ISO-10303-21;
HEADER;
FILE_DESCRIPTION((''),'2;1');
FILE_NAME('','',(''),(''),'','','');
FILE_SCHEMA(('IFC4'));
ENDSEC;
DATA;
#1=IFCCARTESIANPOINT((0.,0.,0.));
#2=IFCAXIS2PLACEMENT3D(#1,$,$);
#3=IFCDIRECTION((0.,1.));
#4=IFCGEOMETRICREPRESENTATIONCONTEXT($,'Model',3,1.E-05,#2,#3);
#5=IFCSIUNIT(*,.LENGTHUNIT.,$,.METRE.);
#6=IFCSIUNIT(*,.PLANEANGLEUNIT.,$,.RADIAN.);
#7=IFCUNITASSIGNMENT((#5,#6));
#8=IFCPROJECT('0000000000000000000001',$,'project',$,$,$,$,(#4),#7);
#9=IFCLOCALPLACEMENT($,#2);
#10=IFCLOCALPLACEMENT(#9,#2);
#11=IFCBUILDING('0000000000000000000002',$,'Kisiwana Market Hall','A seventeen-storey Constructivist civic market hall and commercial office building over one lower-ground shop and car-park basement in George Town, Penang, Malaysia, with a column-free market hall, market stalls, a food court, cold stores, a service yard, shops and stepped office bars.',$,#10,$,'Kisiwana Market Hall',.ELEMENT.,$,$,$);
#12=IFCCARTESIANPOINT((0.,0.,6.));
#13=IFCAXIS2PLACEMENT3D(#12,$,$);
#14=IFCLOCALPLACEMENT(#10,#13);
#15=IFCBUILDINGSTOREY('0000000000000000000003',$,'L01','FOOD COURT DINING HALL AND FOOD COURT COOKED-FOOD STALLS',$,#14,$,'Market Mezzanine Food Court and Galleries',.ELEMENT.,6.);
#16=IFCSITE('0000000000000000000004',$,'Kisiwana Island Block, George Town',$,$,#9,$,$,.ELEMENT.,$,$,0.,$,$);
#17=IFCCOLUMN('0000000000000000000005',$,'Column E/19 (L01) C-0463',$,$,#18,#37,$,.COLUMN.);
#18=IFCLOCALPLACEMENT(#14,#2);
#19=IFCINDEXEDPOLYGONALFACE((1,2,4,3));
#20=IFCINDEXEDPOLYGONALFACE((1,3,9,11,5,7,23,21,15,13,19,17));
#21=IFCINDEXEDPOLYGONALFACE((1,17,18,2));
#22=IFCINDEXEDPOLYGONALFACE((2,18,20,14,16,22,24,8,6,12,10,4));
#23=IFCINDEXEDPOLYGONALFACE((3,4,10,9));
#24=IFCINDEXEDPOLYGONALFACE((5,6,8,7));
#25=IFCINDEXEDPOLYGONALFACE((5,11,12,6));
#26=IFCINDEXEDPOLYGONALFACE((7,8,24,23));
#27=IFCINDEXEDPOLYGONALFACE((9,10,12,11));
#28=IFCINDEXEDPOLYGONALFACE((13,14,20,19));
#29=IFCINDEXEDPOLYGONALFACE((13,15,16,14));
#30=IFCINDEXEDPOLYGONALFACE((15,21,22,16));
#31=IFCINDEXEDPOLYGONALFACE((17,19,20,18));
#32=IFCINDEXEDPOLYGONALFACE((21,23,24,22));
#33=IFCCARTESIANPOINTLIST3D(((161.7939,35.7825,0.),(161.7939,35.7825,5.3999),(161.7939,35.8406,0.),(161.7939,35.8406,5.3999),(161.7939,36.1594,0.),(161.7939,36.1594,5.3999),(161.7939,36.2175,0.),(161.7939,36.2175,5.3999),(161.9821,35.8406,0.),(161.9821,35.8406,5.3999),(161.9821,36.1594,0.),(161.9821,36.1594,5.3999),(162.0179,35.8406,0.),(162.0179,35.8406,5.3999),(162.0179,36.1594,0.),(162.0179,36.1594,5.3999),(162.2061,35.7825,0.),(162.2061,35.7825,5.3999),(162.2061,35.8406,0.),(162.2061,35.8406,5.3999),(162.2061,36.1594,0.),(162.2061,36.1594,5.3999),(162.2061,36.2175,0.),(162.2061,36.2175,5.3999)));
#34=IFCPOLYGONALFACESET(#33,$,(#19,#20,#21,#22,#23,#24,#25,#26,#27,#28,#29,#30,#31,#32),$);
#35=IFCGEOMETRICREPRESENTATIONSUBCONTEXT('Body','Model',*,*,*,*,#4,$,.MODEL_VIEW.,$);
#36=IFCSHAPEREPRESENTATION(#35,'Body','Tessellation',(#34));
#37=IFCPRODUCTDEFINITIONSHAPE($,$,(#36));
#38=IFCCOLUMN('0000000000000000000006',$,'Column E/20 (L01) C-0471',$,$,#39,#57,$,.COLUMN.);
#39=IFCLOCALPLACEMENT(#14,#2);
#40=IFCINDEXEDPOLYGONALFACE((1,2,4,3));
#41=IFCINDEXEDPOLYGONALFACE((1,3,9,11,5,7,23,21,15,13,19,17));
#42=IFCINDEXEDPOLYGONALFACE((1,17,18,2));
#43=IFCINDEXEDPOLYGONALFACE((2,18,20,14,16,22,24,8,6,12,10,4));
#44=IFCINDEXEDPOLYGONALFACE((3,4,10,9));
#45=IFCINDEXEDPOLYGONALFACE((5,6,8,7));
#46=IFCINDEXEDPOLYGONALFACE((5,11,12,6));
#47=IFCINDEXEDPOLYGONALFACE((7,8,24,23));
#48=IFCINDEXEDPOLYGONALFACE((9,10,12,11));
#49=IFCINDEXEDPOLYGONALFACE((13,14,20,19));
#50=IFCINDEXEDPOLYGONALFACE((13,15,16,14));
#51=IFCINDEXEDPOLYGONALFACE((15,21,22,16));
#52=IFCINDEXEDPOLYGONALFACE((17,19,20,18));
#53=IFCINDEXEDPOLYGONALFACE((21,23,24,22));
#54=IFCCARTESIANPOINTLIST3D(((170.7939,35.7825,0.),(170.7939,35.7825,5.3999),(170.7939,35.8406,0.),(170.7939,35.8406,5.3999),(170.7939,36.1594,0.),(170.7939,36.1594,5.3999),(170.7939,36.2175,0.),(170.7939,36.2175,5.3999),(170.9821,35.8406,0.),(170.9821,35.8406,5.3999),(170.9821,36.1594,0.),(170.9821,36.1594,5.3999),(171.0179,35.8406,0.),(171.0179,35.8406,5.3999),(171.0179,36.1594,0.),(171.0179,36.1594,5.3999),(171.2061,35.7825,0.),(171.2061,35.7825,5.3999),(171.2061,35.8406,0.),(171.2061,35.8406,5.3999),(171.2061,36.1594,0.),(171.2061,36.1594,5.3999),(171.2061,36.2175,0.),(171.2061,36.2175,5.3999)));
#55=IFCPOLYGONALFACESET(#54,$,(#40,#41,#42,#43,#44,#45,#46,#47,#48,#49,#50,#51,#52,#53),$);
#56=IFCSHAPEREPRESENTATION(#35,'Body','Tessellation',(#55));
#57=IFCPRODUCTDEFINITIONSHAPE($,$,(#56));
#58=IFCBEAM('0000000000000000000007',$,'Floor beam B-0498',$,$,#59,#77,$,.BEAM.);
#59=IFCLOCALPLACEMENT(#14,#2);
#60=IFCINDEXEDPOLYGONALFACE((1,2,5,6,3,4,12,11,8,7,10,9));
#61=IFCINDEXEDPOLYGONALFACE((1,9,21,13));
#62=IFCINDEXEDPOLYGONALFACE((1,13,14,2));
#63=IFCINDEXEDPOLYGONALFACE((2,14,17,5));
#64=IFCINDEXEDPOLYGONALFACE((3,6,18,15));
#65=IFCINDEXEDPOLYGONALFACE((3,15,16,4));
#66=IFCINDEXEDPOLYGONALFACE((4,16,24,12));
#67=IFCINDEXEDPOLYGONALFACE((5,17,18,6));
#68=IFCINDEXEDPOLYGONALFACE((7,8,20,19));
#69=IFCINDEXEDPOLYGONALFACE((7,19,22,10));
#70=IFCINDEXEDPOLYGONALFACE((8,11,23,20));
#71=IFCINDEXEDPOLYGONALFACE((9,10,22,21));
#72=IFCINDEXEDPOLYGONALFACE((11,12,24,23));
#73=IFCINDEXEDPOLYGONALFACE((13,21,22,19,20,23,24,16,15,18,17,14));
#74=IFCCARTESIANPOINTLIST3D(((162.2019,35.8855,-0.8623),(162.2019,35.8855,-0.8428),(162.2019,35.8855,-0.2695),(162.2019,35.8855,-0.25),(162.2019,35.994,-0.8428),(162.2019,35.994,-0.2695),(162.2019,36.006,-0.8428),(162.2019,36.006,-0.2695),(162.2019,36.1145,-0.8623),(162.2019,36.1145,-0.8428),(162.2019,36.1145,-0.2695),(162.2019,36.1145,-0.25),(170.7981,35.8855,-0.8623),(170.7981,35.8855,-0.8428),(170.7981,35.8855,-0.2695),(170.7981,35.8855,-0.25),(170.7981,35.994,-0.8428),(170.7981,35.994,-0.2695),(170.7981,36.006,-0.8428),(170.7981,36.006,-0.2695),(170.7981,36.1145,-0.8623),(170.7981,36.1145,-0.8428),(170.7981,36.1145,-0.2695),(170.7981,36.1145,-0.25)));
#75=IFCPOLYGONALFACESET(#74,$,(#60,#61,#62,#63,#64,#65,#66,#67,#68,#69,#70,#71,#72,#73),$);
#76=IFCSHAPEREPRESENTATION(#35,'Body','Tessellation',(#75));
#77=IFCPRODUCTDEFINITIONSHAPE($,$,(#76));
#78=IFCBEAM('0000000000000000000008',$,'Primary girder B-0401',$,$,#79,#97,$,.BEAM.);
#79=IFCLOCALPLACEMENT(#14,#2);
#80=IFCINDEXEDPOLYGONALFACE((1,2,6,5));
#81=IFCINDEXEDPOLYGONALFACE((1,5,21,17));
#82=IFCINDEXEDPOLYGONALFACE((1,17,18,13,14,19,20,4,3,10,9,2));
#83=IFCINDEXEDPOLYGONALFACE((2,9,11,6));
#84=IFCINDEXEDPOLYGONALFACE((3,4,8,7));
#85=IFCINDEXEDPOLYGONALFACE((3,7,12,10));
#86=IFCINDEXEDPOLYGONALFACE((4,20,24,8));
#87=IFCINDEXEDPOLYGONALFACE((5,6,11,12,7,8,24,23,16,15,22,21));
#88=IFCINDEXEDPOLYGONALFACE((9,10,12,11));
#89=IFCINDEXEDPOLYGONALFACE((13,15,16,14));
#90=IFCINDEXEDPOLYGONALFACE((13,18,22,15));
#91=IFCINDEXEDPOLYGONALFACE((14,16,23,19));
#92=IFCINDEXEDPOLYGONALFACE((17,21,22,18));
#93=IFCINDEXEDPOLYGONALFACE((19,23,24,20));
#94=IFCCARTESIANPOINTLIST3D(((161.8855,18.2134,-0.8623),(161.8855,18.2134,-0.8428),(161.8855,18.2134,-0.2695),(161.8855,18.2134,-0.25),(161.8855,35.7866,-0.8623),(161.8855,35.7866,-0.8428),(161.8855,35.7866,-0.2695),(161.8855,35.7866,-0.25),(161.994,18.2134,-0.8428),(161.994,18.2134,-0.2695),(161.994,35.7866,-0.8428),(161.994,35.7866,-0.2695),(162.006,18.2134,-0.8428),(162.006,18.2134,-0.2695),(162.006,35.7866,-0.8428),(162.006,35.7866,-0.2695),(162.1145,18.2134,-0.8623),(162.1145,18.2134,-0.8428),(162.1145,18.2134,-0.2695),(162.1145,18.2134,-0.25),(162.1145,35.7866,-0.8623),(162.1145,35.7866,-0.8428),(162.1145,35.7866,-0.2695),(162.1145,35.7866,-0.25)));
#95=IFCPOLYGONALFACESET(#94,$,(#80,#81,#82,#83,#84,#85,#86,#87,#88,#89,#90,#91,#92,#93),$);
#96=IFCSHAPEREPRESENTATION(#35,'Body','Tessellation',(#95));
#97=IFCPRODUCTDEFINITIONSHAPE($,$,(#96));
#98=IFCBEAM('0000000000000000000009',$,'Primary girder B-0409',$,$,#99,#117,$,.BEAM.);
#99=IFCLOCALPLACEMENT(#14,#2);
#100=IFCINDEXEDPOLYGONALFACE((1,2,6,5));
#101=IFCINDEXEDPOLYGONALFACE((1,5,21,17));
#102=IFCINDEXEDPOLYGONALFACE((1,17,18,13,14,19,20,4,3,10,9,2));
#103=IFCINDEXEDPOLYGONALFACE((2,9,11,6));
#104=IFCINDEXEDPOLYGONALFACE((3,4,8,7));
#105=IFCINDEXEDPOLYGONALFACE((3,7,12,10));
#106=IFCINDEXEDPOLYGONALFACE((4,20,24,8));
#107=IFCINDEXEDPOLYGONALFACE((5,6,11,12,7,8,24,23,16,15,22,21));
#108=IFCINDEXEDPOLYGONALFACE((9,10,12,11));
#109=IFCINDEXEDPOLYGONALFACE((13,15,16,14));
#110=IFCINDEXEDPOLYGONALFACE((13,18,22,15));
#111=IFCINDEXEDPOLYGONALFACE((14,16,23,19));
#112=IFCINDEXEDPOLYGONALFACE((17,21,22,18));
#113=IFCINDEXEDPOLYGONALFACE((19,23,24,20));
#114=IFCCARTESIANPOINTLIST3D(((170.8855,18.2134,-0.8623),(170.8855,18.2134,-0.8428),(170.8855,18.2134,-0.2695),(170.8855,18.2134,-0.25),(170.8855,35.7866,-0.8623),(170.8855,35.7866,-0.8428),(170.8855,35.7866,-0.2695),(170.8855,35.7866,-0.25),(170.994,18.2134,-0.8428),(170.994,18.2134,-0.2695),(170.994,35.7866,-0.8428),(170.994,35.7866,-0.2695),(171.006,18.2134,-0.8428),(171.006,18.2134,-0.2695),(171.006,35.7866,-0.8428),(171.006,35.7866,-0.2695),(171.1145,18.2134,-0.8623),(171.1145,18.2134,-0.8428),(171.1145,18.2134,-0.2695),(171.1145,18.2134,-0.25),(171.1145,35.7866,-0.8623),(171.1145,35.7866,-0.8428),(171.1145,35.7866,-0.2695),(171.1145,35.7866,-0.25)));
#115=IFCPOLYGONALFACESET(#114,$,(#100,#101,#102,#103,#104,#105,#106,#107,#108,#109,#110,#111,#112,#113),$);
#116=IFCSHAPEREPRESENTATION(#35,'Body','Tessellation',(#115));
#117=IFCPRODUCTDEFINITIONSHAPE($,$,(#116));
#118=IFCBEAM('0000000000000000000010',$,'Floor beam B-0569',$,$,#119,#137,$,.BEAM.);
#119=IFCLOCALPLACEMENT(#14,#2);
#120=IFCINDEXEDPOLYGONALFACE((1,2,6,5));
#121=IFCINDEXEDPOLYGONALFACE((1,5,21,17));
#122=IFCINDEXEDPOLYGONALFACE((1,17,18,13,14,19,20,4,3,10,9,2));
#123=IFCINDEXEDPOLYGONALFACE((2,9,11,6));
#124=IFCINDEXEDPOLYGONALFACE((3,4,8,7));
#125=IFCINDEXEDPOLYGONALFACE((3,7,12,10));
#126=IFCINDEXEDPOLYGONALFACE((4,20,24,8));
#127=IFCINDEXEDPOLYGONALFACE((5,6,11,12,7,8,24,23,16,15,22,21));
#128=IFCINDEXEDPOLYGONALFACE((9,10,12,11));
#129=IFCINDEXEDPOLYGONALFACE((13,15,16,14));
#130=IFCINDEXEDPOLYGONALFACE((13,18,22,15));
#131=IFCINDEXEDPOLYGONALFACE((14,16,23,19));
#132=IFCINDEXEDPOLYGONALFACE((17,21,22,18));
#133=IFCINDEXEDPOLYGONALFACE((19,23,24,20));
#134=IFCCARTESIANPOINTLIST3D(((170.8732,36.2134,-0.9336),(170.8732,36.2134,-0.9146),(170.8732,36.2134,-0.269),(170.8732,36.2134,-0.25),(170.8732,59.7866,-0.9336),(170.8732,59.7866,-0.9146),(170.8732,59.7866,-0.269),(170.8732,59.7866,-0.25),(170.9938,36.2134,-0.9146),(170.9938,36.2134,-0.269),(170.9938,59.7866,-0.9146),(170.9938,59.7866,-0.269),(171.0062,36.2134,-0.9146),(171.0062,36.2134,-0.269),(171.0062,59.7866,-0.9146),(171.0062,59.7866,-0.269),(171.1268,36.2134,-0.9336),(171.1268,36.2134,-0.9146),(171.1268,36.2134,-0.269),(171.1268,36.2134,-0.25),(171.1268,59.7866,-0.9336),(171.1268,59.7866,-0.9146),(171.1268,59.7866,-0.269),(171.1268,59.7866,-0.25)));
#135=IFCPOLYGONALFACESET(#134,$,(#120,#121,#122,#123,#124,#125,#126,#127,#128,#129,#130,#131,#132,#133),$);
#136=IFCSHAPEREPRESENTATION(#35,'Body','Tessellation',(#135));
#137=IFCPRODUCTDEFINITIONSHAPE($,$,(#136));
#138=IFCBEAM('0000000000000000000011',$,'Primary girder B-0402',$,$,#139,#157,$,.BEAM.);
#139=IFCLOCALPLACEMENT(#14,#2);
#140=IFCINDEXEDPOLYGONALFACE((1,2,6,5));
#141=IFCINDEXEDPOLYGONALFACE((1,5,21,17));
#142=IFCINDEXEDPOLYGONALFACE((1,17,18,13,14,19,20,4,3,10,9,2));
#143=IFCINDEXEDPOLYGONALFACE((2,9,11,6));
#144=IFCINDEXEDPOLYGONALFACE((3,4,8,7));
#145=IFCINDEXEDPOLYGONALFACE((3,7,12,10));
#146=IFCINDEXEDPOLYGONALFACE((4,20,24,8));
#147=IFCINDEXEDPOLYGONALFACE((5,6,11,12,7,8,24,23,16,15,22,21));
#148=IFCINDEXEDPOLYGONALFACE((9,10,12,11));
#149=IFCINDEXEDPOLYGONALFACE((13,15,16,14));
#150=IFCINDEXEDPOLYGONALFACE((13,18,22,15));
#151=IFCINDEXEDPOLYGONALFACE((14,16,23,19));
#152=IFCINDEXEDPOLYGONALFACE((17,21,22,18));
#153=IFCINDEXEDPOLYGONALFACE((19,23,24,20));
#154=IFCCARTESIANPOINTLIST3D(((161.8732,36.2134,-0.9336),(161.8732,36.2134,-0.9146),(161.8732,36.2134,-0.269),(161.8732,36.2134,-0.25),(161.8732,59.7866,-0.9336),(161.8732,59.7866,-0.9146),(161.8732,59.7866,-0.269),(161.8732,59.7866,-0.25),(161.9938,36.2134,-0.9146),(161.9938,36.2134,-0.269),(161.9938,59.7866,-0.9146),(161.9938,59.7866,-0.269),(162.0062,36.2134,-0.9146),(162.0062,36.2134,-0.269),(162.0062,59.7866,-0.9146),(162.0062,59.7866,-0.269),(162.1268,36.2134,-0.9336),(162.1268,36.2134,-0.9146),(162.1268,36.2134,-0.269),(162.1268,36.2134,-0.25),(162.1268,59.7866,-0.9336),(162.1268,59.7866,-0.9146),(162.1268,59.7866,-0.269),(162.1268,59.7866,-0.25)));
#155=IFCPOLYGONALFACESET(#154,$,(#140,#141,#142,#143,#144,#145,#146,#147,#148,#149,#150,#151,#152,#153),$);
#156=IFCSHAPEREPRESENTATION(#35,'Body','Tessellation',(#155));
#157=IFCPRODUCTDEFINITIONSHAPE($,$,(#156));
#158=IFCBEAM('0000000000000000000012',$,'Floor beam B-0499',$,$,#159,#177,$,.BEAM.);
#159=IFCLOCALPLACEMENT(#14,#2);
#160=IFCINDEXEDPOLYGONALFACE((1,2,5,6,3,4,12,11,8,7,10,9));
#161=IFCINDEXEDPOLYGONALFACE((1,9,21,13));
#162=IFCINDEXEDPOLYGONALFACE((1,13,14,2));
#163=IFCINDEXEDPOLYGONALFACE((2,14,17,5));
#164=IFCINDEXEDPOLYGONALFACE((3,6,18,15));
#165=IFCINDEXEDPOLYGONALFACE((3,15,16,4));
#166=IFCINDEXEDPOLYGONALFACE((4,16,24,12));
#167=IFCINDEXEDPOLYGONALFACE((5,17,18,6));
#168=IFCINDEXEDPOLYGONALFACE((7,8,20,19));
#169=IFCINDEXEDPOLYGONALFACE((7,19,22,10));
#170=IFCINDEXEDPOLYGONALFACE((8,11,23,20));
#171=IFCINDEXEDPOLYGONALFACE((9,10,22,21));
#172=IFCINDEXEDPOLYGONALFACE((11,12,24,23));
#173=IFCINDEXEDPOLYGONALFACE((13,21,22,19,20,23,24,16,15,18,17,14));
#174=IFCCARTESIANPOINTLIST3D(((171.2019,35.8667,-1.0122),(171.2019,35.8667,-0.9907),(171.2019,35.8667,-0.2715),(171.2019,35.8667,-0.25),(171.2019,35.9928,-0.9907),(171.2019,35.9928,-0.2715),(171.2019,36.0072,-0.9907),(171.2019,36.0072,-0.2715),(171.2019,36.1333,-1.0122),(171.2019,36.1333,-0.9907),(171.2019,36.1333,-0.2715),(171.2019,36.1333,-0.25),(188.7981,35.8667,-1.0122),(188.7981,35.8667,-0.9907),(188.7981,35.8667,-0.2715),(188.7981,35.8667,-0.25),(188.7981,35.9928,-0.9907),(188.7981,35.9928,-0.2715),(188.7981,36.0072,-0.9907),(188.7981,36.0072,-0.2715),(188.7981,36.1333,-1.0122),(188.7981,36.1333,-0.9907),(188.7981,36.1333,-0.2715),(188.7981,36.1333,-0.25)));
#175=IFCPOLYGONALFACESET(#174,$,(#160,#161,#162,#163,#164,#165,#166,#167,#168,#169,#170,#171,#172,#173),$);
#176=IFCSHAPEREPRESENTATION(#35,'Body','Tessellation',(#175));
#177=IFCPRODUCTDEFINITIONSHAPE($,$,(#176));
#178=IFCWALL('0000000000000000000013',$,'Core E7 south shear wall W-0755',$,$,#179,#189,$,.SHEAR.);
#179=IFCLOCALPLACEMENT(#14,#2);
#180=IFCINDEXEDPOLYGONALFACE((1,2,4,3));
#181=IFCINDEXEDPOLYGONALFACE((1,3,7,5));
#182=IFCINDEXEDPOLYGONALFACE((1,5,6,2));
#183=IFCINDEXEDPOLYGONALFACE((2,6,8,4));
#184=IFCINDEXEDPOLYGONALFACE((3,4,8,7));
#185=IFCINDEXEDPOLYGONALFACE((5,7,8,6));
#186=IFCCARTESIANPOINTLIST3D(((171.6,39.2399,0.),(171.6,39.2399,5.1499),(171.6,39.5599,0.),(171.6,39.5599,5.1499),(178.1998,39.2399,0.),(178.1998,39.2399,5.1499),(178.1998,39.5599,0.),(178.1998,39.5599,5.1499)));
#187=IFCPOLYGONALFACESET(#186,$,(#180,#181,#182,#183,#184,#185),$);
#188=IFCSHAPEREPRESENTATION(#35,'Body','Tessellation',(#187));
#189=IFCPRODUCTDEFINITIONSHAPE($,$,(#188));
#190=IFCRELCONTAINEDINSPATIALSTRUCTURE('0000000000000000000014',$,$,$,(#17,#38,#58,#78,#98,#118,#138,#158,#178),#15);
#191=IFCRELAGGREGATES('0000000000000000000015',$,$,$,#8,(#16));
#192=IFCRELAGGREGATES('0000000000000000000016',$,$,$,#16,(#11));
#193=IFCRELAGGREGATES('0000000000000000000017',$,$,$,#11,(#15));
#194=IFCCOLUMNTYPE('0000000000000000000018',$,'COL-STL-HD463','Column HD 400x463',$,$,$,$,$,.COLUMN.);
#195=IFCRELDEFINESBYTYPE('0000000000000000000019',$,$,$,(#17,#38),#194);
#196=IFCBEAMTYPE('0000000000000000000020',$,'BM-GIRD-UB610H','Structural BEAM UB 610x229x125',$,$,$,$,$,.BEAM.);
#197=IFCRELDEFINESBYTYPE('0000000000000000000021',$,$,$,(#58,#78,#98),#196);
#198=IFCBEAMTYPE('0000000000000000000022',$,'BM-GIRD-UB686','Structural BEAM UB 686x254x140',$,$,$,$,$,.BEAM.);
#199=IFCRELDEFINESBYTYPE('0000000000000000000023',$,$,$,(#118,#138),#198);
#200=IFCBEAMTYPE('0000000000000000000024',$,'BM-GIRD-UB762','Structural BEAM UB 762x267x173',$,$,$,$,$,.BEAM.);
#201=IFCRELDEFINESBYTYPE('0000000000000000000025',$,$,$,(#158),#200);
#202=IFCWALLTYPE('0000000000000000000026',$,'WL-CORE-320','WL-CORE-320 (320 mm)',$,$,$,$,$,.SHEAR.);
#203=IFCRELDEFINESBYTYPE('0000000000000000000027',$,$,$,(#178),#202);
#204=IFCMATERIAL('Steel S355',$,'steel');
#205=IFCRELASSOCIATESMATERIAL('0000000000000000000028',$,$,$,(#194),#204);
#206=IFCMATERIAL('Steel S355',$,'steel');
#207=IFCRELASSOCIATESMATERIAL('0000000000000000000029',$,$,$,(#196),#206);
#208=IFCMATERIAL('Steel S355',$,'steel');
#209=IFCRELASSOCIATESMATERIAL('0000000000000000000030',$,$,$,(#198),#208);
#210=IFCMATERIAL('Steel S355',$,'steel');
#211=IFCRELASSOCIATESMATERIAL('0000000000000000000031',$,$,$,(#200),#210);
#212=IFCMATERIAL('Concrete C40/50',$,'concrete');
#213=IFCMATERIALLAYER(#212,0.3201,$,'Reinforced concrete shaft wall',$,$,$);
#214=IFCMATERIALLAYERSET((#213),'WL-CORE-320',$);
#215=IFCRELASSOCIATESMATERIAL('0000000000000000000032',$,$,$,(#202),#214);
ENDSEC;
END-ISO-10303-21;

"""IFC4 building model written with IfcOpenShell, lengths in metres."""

from ifc_helpers import new_model, si_unit, direction, frame, frame_2d, origin, origin_2d, place, context, subcontext, project, spatial, rectangle, i_section, extrude, material, layer, layer_set, material_profile, profile_set, type_object, element, save


model = new_model("IFC4")

# Units and contexts
model_context = context("Model", 3, precision=1e-05, world=origin(), true_north=direction((0.0, 1.0)))
body_context = subcontext(model_context, "Body", "Model", "MODEL_VIEW")
ifc_project = project(units=[si_unit("LENGTHUNIT", "METRE"), si_unit("PLANEANGLEUNIT", "RADIAN")], contexts=[model_context])

# Site, building, storey
site_placement = place(None, origin())
site = spatial("IfcSite", under=ifc_project, at=site_placement, Name="Kisiwana Island Block, George Town", CompositionType="ELEMENT", RefElevation=0.0)
building_placement = place(site_placement, origin())
building = spatial("IfcBuilding", under=site, at=building_placement, Name="Kisiwana Market Hall", Description="A seventeen-storey Constructivist civic market hall and commercial office building over one lower-ground shop and car-park basement in George Town, Penang, Malaysia, with a column-free market hall, market stalls, a food court, cold stores, a service yard, shops and stepped office bars.", LongName="Kisiwana Market Hall", CompositionType="ELEMENT")
storey_placement = place(building_placement, frame((0.0, 0.0, 6.0)))
storey = spatial("IfcBuildingStorey", under=building, at=storey_placement, Name="L01", Description="FOOD COURT DINING HALL AND FOOD COURT COOKED-FOOD STALLS", LongName="Market Mezzanine Food Court and Galleries", CompositionType="ELEMENT", Elevation=6.0)

# Columns
ifc_material_1 = material(Name="Steel S355", Category="steel")
ifc_material_profile_1 = material_profile(ifc_material_1, i_section(OverallWidth=0.4121, OverallDepth=0.4351, WebThickness=0.0359, FlangeThickness=0.0581, at=origin_2d()), Name="HD 400x463")
ifc_profile_set_1 = profile_set([ifc_material_profile_1], Name="Steel S355")
column_type = type_object("IfcColumnType", Name="COL-STL-HD463", Description="Column HD 400x463", PredefinedType="COLUMN", material=ifc_profile_set_1)
for number, where, z_axis, x_axis, name in (
    (1, (162.0, 36.0, 0.0), (0.0, 0.0, 1.0), (1.0, 0.0, 0.0), "Column E/19 (L01) C-0463"),
    (2, (171.0, 36.0, 0.0), (0.0, 0.0, 1.0), (1.0, 0.0, 0.0), "Column E/20 (L01) C-0471"),
):
    element("IfcColumn", number, at=place(storey_placement, frame(where, z_axis=z_axis, x_axis=x_axis)), inside=storey, type_object=column_type, Name=name, PredefinedType="COLUMN", context=body_context, shape_type="SweptSolid", body=[
        extrude(i_section(OverallWidth=0.4121, OverallDepth=0.4351, WebThickness=0.0359, FlangeThickness=0.0581, at=origin_2d()), origin(), (0.0, 0.0, 1.0), 5.3999),
    ])

# Beams
ifc_material_2 = material(Name="Steel S355", Category="steel")
ifc_material_profile_2 = material_profile(ifc_material_2, i_section(OverallWidth=0.229, OverallDepth=0.6123, WebThickness=0.012, FlangeThickness=0.0195, at=origin_2d()), Name="UB 610x229x125")
ifc_profile_set_2 = profile_set([ifc_material_profile_2], Name="Steel S355")
beam_type_1 = type_object("IfcBeamType", Name="BM-GIRD-UB610H", Description="Structural BEAM UB 610x229x125", PredefinedType="BEAM", material=ifc_profile_set_2)
beam_1_placement = place(storey_placement, frame((162.2019, 36.0, -0.5562), z_axis=(1.0, 0.0, 0.0), x_axis=(0.0, 1.0, 0.0)))
element("IfcBeam", 3, at=beam_1_placement, inside=storey, type_object=beam_type_1, Name="Floor beam B-0498", PredefinedType="BEAM", context=body_context, shape_type="SweptSolid", body=[
    extrude(i_section(OverallWidth=0.229, OverallDepth=0.6123, WebThickness=0.012, FlangeThickness=0.0195, at=origin_2d()), origin(), (0.0, 0.0, 1.0), 8.5962),
])
for number, where, z_axis, x_axis, name in (
    (4, (162.0, 18.2134, -0.5562), (0.0, 1.0, 0.0), (-1.0, 0.0, 0.0), "Primary girder B-0401"),
    (5, (171.0, 18.2134, -0.5562), (0.0, 1.0, 0.0), (-1.0, 0.0, 0.0), "Primary girder B-0409"),
):
    element("IfcBeam", number, at=place(storey_placement, frame(where, z_axis=z_axis, x_axis=x_axis)), inside=storey, type_object=beam_type_1, Name=name, PredefinedType="BEAM", context=body_context, shape_type="SweptSolid", body=[
        extrude(i_section(OverallWidth=0.229, OverallDepth=0.6123, WebThickness=0.012, FlangeThickness=0.0195, at=origin_2d()), origin(), (0.0, 0.0, 1.0), 17.5732),
    ])
ifc_material_3 = material(Name="Steel S355", Category="steel")
ifc_material_profile_3 = material_profile(ifc_material_3, i_section(OverallWidth=0.2537, OverallDepth=0.6836, WebThickness=0.0125, FlangeThickness=0.019, at=origin_2d()), Name="UB 686x254x140")
ifc_profile_set_3 = profile_set([ifc_material_profile_3], Name="Steel S355")
beam_type_2 = type_object("IfcBeamType", Name="BM-GIRD-UB686", Description="Structural BEAM UB 686x254x140", PredefinedType="BEAM", material=ifc_profile_set_3)
for number, where, z_axis, x_axis, name in (
    (6, (171.0, 36.2134, -0.5918), (0.0, 1.0, 0.0), (-1.0, 0.0, 0.0), "Floor beam B-0569"),
    (7, (162.0, 36.2134, -0.5918), (0.0, 1.0, 0.0), (-1.0, 0.0, 0.0), "Primary girder B-0402"),
):
    element("IfcBeam", number, at=place(storey_placement, frame(where, z_axis=z_axis, x_axis=x_axis)), inside=storey, type_object=beam_type_2, Name=name, PredefinedType="BEAM", context=body_context, shape_type="SweptSolid", body=[
        extrude(i_section(OverallWidth=0.2537, OverallDepth=0.6836, WebThickness=0.0125, FlangeThickness=0.019, at=origin_2d()), origin(), (0.0, 0.0, 1.0), 23.5732),
    ])
ifc_material_4 = material(Name="Steel S355", Category="steel")
ifc_material_profile_4 = material_profile(ifc_material_4, i_section(OverallWidth=0.2666, OverallDepth=0.7622, WebThickness=0.0144, FlangeThickness=0.0215, at=origin_2d()), Name="UB 762x267x173")
ifc_profile_set_4 = profile_set([ifc_material_profile_4], Name="Steel S355")
beam_type_3 = type_object("IfcBeamType", Name="BM-GIRD-UB762", Description="Structural BEAM UB 762x267x173", PredefinedType="BEAM", material=ifc_profile_set_4)
beam_2_placement = place(storey_placement, frame((171.2019, 36.0, -0.6311), z_axis=(1.0, 0.0, 0.0), x_axis=(0.0, 1.0, 0.0)))
element("IfcBeam", 8, at=beam_2_placement, inside=storey, type_object=beam_type_3, Name="Floor beam B-0499", PredefinedType="BEAM", context=body_context, shape_type="SweptSolid", body=[
    extrude(i_section(OverallWidth=0.2666, OverallDepth=0.7622, WebThickness=0.0144, FlangeThickness=0.0215, at=origin_2d()), origin(), (0.0, 0.0, 1.0), 17.5962),
])

# Wall
ifc_material_5 = material(Name="Concrete C40/50", Category="concrete")
ifc_layer_1 = layer(ifc_material_5, 0.3201, Name="Reinforced concrete shaft wall")
ifc_layer_set_1 = layer_set([ifc_layer_1], Name="WL-CORE-320")
wall_type_1 = type_object("IfcWallType", Name="WL-CORE-320", Description="WL-CORE-320 (320 mm)", PredefinedType="SHEAR", material=ifc_layer_set_1)
wall_1_placement = place(storey_placement, frame((171.6001, 39.3999, 0.0), z_axis=(0.0, 0.0, 1.0), x_axis=(1.0, 0.0, 0.0)))
element("IfcWall", 9, at=wall_1_placement, inside=storey, type_object=wall_type_1, Name="Core E7 south shear wall W-0755", PredefinedType="SHEAR", context=body_context, shape_type="SweptSolid", body=[
    extrude(rectangle(XDim=6.5999, YDim=0.3201, at=frame_2d((3.2998, 0.0))), origin(), (0.0, 0.0, 1.0), 5.1499),
])

save(model, "model.ifc")
